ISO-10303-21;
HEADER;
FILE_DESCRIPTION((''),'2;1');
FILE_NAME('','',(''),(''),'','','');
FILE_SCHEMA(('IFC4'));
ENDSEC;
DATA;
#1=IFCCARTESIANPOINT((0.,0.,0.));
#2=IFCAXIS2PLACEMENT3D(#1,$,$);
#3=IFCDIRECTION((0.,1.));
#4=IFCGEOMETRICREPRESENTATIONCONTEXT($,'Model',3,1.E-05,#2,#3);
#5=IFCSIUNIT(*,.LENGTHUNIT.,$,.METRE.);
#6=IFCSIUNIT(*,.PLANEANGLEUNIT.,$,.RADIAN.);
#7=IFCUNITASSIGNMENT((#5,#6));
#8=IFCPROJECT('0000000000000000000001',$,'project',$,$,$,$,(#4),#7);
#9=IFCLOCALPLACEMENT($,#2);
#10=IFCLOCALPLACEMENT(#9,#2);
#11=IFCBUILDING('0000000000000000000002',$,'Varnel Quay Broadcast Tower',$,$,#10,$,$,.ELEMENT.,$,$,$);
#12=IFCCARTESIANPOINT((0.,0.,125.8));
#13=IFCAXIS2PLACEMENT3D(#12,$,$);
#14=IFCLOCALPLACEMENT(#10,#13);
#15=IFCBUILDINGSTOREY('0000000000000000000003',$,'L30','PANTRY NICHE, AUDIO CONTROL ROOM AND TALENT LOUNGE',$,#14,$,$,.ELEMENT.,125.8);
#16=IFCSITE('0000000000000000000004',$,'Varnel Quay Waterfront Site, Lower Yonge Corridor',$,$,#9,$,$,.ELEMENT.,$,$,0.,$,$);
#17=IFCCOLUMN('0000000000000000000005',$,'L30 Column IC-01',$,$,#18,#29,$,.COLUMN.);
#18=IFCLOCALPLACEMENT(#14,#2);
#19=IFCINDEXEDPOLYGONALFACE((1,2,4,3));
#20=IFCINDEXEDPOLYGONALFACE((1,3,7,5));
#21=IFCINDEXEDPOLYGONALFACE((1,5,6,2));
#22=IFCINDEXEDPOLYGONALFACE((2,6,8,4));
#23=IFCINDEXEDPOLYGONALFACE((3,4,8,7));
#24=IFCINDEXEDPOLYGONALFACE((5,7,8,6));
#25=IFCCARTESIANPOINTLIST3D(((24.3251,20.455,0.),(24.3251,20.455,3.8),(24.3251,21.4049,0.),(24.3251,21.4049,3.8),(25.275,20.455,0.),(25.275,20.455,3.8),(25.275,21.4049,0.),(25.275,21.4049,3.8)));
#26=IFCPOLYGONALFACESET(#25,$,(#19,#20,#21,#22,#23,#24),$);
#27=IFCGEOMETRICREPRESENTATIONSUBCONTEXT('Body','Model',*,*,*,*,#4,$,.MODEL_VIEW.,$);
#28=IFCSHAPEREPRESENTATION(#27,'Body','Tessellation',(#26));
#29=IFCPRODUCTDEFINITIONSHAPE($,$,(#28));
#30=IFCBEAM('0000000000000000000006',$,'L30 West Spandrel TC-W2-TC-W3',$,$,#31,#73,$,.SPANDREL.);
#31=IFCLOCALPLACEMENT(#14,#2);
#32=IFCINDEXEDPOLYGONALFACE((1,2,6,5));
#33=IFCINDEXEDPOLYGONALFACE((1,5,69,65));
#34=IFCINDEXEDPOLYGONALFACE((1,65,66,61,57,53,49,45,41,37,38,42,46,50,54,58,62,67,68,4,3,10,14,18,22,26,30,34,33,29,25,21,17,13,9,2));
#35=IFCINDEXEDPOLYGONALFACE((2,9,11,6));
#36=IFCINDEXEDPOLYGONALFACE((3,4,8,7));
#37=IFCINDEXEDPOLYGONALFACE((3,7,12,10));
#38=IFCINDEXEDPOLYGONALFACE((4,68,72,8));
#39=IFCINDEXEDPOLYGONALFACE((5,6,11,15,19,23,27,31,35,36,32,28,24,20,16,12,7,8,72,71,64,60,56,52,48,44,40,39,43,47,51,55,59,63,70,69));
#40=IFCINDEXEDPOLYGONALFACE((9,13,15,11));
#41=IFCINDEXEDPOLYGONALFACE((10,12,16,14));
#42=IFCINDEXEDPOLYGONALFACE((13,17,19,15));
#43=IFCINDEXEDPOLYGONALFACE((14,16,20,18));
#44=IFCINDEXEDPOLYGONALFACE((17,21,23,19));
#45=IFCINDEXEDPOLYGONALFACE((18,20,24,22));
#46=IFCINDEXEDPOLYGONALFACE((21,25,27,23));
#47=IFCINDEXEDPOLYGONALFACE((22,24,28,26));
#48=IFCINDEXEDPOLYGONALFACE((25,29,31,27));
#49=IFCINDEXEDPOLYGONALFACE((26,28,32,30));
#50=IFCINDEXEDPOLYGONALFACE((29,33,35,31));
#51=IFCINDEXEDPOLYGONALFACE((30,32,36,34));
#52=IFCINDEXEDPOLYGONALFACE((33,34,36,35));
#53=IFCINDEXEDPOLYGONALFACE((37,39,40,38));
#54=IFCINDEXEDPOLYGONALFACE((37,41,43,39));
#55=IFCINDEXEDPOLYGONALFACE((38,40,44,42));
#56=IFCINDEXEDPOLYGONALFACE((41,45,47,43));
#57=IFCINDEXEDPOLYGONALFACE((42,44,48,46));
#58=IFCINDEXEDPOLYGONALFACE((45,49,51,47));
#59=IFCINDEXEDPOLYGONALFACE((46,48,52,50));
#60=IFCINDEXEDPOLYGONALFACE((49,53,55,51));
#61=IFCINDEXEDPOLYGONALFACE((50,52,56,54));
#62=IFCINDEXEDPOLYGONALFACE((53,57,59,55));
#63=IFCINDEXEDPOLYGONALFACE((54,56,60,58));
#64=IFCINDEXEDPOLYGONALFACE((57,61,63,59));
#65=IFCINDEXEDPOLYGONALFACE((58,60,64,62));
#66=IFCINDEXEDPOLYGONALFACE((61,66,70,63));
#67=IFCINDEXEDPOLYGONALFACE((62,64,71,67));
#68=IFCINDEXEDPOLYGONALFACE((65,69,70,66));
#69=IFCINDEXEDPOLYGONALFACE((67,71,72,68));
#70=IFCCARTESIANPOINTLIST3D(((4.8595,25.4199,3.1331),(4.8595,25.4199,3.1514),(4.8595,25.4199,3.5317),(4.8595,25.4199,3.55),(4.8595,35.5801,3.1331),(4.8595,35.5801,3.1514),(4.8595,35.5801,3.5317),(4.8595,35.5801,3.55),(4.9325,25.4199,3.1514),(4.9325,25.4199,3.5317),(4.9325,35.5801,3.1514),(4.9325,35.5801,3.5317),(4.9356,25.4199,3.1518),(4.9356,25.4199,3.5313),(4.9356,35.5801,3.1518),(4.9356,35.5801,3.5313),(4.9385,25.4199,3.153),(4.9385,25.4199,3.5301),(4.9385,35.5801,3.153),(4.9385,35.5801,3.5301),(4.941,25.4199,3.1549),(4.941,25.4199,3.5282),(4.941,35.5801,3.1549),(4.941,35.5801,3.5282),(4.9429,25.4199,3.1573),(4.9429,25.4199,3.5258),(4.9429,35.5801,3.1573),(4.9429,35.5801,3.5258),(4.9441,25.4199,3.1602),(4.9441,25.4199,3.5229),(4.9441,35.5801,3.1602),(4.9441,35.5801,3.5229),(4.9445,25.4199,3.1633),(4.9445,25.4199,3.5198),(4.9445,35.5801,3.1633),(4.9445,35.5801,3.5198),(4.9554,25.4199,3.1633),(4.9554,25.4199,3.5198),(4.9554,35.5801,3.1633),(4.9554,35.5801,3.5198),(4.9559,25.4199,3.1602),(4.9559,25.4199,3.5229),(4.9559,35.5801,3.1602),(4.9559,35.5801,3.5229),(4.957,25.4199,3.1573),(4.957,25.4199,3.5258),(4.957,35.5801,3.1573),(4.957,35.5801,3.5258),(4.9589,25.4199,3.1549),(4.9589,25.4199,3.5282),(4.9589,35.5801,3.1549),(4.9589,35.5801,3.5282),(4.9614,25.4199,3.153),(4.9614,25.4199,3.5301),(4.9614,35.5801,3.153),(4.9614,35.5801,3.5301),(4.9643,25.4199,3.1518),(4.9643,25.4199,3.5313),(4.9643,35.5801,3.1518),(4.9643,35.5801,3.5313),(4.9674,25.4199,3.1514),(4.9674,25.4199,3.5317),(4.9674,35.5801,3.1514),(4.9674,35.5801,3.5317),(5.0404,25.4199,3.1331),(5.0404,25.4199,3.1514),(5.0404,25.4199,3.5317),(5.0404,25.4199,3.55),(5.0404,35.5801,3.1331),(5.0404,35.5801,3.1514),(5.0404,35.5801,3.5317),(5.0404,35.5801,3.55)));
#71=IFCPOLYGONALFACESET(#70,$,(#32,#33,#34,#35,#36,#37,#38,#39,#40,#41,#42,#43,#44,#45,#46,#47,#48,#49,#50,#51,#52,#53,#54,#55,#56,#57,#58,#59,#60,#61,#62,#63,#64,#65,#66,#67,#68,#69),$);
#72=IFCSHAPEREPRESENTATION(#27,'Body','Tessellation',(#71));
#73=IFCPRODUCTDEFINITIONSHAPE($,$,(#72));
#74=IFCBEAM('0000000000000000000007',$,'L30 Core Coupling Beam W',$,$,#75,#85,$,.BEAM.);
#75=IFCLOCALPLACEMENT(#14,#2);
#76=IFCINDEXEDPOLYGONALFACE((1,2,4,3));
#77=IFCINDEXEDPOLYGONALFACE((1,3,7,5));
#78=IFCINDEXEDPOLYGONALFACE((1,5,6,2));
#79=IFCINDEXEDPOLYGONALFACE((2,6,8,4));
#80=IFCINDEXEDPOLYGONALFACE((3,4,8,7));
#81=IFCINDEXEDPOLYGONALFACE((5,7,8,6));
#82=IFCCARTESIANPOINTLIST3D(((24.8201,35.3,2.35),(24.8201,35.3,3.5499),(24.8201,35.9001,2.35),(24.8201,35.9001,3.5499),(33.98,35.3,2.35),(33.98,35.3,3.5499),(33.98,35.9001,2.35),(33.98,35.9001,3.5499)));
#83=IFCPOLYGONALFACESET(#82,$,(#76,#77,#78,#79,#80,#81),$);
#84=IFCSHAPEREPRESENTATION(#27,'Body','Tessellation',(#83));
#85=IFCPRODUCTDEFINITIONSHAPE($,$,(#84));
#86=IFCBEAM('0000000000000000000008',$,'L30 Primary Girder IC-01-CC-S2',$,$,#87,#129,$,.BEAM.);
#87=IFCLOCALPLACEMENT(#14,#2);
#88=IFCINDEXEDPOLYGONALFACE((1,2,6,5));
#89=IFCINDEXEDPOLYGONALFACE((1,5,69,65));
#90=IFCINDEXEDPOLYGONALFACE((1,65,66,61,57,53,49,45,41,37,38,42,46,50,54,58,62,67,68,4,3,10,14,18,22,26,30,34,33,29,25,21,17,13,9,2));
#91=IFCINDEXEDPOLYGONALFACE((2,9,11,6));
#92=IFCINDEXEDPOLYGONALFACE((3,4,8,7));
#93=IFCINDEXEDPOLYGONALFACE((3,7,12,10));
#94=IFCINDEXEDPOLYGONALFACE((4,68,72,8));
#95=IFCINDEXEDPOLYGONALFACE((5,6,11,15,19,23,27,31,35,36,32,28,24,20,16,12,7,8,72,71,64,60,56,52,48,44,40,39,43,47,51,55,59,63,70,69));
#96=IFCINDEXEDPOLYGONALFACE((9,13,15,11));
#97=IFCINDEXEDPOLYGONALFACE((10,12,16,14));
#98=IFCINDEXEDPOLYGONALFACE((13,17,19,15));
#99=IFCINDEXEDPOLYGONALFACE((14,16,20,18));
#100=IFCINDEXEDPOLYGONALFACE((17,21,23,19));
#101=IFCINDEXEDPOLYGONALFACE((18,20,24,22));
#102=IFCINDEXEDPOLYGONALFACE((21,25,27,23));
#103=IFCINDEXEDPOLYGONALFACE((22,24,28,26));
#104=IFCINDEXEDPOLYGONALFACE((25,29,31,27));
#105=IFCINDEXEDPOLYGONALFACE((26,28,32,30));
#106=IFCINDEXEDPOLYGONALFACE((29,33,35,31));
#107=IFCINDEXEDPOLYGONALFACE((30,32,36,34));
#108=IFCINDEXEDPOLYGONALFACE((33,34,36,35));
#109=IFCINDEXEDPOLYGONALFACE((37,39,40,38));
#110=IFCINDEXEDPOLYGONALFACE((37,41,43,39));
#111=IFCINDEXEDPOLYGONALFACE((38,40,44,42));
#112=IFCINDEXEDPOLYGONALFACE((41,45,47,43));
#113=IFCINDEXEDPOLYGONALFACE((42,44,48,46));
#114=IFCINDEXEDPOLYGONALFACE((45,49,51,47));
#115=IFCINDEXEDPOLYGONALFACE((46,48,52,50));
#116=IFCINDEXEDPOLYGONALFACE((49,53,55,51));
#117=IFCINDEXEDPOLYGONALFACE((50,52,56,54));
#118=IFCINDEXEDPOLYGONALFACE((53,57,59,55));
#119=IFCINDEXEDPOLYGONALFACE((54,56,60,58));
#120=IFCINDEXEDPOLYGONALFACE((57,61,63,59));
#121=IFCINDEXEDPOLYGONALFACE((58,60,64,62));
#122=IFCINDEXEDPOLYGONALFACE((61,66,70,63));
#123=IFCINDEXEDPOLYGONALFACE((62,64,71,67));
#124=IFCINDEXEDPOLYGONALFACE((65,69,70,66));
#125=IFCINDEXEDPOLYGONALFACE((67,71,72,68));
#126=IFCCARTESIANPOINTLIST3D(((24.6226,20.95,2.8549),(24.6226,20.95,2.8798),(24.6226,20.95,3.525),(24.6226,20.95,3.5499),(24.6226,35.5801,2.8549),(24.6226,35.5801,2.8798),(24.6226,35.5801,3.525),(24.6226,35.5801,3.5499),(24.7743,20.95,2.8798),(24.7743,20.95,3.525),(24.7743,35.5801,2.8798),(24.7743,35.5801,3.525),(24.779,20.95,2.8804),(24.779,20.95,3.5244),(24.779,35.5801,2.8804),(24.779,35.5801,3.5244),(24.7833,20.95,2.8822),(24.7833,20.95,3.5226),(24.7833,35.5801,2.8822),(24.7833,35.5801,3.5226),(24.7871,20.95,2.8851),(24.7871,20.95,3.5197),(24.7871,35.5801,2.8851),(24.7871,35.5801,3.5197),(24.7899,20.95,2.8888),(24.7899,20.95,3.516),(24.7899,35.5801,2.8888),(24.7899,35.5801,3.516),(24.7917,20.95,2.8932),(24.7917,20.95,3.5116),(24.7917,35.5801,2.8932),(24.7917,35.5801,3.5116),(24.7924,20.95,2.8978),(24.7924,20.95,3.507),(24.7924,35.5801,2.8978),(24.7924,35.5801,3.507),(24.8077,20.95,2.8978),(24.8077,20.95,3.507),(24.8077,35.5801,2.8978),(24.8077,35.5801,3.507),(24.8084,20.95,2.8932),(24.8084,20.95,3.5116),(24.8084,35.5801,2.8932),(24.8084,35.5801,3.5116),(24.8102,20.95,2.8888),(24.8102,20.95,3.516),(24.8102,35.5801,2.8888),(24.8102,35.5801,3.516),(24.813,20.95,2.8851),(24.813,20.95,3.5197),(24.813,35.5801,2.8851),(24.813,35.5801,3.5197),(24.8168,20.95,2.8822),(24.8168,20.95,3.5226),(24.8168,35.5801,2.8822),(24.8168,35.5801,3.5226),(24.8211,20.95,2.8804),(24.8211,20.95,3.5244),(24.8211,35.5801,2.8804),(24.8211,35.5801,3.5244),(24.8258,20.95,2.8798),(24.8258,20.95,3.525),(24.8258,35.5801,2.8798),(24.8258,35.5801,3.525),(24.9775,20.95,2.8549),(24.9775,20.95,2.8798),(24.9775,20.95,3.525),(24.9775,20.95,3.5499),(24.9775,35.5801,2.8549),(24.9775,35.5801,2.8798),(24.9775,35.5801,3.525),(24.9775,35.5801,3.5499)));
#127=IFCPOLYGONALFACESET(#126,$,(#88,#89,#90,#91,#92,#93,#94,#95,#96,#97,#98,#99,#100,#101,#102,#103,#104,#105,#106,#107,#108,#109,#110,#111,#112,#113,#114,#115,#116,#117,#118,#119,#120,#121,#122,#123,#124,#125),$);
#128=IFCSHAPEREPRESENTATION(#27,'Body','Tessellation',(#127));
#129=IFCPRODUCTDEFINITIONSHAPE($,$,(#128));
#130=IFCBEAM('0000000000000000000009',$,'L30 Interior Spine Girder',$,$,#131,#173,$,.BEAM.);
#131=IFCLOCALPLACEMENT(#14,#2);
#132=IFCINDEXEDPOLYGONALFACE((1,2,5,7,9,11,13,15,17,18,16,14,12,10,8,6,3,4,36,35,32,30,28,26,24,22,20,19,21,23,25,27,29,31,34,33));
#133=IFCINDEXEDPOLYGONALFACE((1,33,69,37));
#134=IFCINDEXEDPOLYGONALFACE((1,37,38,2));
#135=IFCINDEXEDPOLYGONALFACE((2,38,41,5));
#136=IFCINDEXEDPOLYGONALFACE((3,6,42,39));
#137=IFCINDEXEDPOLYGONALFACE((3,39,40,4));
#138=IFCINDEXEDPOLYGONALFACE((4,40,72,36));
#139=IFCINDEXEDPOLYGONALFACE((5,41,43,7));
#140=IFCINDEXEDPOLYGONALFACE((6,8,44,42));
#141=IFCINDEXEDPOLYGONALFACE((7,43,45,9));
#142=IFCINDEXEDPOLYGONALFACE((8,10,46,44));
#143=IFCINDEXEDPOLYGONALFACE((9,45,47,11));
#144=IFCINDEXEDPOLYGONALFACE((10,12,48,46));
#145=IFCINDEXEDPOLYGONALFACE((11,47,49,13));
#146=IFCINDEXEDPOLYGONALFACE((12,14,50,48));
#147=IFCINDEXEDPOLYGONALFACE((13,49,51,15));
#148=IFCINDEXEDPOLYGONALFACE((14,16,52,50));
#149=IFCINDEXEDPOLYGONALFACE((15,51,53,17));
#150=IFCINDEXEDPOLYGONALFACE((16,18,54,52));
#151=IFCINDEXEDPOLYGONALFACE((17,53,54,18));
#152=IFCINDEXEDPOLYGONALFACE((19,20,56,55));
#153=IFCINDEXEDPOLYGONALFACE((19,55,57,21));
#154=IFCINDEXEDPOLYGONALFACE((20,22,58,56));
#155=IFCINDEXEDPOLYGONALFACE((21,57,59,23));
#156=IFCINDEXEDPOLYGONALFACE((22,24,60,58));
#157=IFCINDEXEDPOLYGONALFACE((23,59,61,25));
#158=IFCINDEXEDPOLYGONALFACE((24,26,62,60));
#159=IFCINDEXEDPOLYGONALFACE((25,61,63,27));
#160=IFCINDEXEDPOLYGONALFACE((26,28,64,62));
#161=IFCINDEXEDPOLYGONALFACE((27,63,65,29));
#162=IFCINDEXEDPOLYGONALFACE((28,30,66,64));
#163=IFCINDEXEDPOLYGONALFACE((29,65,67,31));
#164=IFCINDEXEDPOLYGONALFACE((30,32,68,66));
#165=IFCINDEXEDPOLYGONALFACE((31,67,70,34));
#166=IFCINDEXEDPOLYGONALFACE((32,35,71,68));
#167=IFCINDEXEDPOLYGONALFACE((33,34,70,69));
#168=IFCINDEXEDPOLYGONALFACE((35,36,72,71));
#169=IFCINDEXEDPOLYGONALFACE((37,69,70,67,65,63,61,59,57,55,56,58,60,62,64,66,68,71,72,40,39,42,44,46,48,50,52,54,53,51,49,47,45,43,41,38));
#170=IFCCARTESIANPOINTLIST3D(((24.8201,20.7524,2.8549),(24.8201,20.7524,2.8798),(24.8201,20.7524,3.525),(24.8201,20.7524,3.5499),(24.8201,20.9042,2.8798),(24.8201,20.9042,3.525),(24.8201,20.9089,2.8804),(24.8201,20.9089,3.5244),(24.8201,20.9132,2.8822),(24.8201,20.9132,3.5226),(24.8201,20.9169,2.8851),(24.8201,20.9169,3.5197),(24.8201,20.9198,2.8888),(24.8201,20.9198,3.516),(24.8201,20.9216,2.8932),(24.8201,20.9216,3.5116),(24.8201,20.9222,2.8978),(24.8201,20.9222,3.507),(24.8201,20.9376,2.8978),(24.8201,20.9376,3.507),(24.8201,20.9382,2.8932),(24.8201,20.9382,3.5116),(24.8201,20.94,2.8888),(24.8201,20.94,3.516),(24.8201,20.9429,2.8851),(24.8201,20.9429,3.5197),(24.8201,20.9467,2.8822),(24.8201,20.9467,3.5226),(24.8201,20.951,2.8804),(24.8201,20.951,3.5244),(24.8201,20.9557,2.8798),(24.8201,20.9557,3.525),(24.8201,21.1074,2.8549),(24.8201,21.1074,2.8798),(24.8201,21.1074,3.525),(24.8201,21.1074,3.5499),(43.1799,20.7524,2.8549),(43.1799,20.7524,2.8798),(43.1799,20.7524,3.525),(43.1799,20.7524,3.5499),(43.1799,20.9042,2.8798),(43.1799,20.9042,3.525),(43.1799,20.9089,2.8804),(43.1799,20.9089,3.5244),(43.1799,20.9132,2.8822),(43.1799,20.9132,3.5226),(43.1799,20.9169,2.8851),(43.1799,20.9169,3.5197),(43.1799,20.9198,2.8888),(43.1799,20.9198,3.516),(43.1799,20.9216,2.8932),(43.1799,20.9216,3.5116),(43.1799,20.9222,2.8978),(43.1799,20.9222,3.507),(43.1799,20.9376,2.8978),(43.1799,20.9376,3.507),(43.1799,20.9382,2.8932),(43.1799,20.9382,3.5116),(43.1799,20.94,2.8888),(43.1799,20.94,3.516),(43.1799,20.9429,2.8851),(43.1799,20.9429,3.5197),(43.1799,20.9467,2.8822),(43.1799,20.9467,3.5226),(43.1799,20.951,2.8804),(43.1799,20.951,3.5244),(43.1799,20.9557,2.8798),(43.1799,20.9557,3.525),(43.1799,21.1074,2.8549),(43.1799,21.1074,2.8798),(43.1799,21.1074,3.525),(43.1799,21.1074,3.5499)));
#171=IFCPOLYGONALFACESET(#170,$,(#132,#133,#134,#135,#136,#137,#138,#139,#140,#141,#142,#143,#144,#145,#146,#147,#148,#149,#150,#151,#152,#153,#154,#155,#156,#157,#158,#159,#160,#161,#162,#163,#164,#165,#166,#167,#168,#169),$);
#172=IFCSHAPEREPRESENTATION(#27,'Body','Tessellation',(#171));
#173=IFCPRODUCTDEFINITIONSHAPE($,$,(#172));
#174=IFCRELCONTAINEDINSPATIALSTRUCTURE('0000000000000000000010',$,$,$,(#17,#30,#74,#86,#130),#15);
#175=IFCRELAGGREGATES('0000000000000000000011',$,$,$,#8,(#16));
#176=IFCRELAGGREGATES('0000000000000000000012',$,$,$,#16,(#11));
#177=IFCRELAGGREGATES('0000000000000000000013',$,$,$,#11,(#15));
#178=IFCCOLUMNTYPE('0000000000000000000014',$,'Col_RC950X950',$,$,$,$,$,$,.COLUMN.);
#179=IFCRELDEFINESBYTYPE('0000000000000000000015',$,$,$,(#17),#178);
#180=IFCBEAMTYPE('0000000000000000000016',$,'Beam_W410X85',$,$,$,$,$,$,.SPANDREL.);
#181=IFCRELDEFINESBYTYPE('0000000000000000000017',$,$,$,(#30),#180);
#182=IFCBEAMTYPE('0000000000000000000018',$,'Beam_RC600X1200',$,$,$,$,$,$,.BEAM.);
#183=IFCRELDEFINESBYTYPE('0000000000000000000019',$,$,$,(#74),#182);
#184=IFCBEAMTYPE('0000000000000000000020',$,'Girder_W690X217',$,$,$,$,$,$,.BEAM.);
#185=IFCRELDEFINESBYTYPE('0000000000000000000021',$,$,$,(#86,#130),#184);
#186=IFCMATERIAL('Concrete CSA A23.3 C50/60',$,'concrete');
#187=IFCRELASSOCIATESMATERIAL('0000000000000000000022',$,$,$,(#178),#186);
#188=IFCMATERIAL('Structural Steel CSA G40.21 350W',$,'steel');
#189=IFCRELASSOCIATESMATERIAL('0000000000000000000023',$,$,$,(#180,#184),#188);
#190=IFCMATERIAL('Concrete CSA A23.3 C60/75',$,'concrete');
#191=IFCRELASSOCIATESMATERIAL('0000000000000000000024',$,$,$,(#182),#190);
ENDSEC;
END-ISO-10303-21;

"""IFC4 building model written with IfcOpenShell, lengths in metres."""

from ifc_helpers import new_model, si_unit, direction, frame, origin, origin_2d, place, context, subcontext, project, spatial, rectangle, i_section, extrude, source, transform, mapped, material, material_profile, profile_set, type_object, type_shapes, element, save


model = new_model("IFC4")

# Units and contexts
model_context = context("Model", 3, precision=1e-05, world=origin(), true_north=direction((0.0, 1.0)))
body_context = subcontext(model_context, "Body", "Model", "MODEL_VIEW")
ifc_project = project(units=[si_unit("LENGTHUNIT", "METRE"), si_unit("PLANEANGLEUNIT", "RADIAN")], contexts=[model_context])

# Site, building, storey
site_placement = place(None, origin())
site = spatial("IfcSite", under=ifc_project, at=site_placement, Name="Varnel Quay Waterfront Site, Lower Yonge Corridor", CompositionType="ELEMENT", RefElevation=0.0)
building_placement = place(site_placement, origin())
building = spatial("IfcBuilding", under=site, at=building_placement, Name="Varnel Quay Broadcast Tower", CompositionType="ELEMENT")
storey_placement = place(building_placement, frame((0.0, 0.0, 125.8)))
storey = spatial("IfcBuildingStorey", under=building, at=storey_placement, Name="L30", Description="PANTRY NICHE, AUDIO CONTROL ROOM AND TALENT LOUNGE", CompositionType="ELEMENT", Elevation=125.8)

# Column
ifc_material_1 = material(Name="Structural Steel CSA G40.21 350W", Category="steel")
ifc_material_2 = material(Name="Concrete CSA A23.3 C50/60", Category="concrete")
ifc_material_profile_1 = material_profile(ifc_material_2, rectangle(XDim=0.95, YDim=0.95, at=origin_2d()), Name="RC950X950")
ifc_profile_set_1 = profile_set([ifc_material_profile_1], Name="Concrete CSA A23.3 C50/60")
column_type_1 = type_object("IfcColumnType", Name="Col_RC950X950", PredefinedType="COLUMN", material=ifc_profile_set_1)
shared_shape_1 = source(origin(), body_context, "Body", "SweptSolid", [
    extrude(rectangle(XDim=0.95, YDim=0.95, at=origin_2d()), origin(), (0.0, 0.0, 1.0), 3.8),
])
type_shapes(column_type_1, [shared_shape_1])
column_placement = place(storey_placement, frame((24.8, 20.9299, 0.0), z_axis=(0.0, 0.0, 1.0), x_axis=(1.0, 0.0, 0.0)))
element("IfcColumn", 1, at=column_placement, inside=storey, type_object=column_type_1, Name="L30 Column IC-01", PredefinedType="COLUMN", context=body_context, shape_type="MappedRepresentation", body=[
    mapped(shared_shape_1, transform((0.0, 0.0, 0.0), x_axis=(1.0, 0.0, 0.0), y_axis=(0.0, 1.0, 0.0), z_axis=(0.0, 0.0, 1.0), scale=1.0)),
])

# Beams
ifc_material_profile_2 = material_profile(ifc_material_1, i_section(OverallWidth=0.1809, OverallDepth=0.417, WebThickness=0.011, FlangeThickness=0.0183, FilletRadius=0.012, at=origin_2d()), Name="W410X85")
ifc_profile_set_2 = profile_set([ifc_material_profile_2], Name="Structural Steel CSA G40.21 350W")
beam_type_1 = type_object("IfcBeamType", Name="Beam_W410X85", PredefinedType="SPANDREL", material=ifc_profile_set_2)
shared_shape_2 = source(origin(), body_context, "Body", "SweptSolid", [
    extrude(i_section(OverallWidth=0.1809, OverallDepth=0.417, WebThickness=0.011, FlangeThickness=0.0183, FilletRadius=0.012, at=origin_2d()), origin(), (0.0, 0.0, 1.0), 10.1602),
])
type_shapes(beam_type_1, [shared_shape_2])
beam_1_placement = place(storey_placement, frame((4.95, 25.4199, 3.3416), z_axis=(0.0, 1.0, 0.0), x_axis=(-1.0, 0.0, 0.0)))
element("IfcBeam", 2, at=beam_1_placement, inside=storey, type_object=beam_type_1, Name="L30 West Spandrel TC-W2-TC-W3", PredefinedType="SPANDREL", context=body_context, shape_type="MappedRepresentation", body=[
    mapped(shared_shape_2, transform((0.0, 0.0, 0.0), x_axis=(1.0, 0.0, 0.0), y_axis=(0.0, 1.0, 0.0), z_axis=(0.0, 0.0, 1.0), scale=1.0)),
])
ifc_material_3 = material(Name="Concrete CSA A23.3 C60/75", Category="concrete")
ifc_material_profile_3 = material_profile(ifc_material_3, rectangle(XDim=0.6001, YDim=1.2, at=origin_2d()), Name="RC600X1200")
ifc_profile_set_3 = profile_set([ifc_material_profile_3], Name="Concrete CSA A23.3 C60/75")
beam_type_2 = type_object("IfcBeamType", Name="Beam_RC600X1200", PredefinedType="BEAM", material=ifc_profile_set_3)
shared_shape_3 = source(origin(), body_context, "Body", "SweptSolid", [
    extrude(rectangle(XDim=0.6001, YDim=1.2, at=origin_2d()), origin(), (0.0, 0.0, 1.0), 9.1599),
])
type_shapes(beam_type_2, [shared_shape_3])
beam_2_placement = place(storey_placement, frame((24.8201, 35.6001, 2.95), z_axis=(1.0, 0.0, 0.0), x_axis=(0.0, 1.0, 0.0)))
element("IfcBeam", 3, at=beam_2_placement, inside=storey, type_object=beam_type_2, Name="L30 Core Coupling Beam W", PredefinedType="BEAM", context=body_context, shape_type="MappedRepresentation", body=[
    mapped(shared_shape_3, transform((0.0, 0.0, 0.0), x_axis=(1.0, 0.0, 0.0), y_axis=(0.0, 1.0, 0.0), z_axis=(0.0, 0.0, 1.0), scale=1.0)),
])
ifc_material_profile_4 = material_profile(ifc_material_1, i_section(OverallWidth=0.355, OverallDepth=0.6951, WebThickness=0.0154, FlangeThickness=0.0249, FilletRadius=0.0181, at=origin_2d()), Name="W690X217")
ifc_profile_set_4 = profile_set([ifc_material_profile_4], Name="Structural Steel CSA G40.21 350W")
beam_type_3 = type_object("IfcBeamType", Name="Girder_W690X217", PredefinedType="BEAM", material=ifc_profile_set_4)
shared_shape_4 = source(origin(), body_context, "Body", "SweptSolid", [
    extrude(i_section(OverallWidth=0.355, OverallDepth=0.6951, WebThickness=0.0154, FlangeThickness=0.0249, FilletRadius=0.0181, at=origin_2d()), origin(), (0.0, 0.0, 1.0), 14.6301),
])
beam_3_placement = place(storey_placement, frame((24.8, 20.95, 3.2024), z_axis=(0.0, 1.0, 0.0), x_axis=(-1.0, 0.0, 0.0)))
element("IfcBeam", 4, at=beam_3_placement, inside=storey, type_object=beam_type_3, Name="L30 Primary Girder IC-01-CC-S2", PredefinedType="BEAM", context=body_context, shape_type="MappedRepresentation", body=[
    mapped(shared_shape_4, transform((0.0, 0.0, 0.0), x_axis=(1.0, 0.0, 0.0), y_axis=(0.0, 1.0, 0.0), z_axis=(0.0, 0.0, 1.0), scale=1.0)),
])
shared_shape_5 = source(origin(), body_context, "Body", "SweptSolid", [
    extrude(i_section(OverallWidth=0.355, OverallDepth=0.6951, WebThickness=0.0154, FlangeThickness=0.0249, FilletRadius=0.0181, at=origin_2d()), origin(), (0.0, 0.0, 1.0), 18.3599),
])
type_shapes(beam_type_3, [shared_shape_4, shared_shape_5])
beam_4_placement = place(storey_placement, frame((24.8201, 20.9299, 3.2024), z_axis=(1.0, 0.0, 0.0), x_axis=(0.0, 1.0, 0.0)))
element("IfcBeam", 5, at=beam_4_placement, inside=storey, type_object=beam_type_3, Name="L30 Interior Spine Girder", PredefinedType="BEAM", context=body_context, shape_type="MappedRepresentation", body=[
    mapped(shared_shape_5, transform((0.0, 0.0, 0.0), x_axis=(1.0, 0.0, 0.0), y_axis=(0.0, 1.0, 0.0), z_axis=(0.0, 0.0, 1.0), scale=1.0)),
])

save(model, "model.ifc")
